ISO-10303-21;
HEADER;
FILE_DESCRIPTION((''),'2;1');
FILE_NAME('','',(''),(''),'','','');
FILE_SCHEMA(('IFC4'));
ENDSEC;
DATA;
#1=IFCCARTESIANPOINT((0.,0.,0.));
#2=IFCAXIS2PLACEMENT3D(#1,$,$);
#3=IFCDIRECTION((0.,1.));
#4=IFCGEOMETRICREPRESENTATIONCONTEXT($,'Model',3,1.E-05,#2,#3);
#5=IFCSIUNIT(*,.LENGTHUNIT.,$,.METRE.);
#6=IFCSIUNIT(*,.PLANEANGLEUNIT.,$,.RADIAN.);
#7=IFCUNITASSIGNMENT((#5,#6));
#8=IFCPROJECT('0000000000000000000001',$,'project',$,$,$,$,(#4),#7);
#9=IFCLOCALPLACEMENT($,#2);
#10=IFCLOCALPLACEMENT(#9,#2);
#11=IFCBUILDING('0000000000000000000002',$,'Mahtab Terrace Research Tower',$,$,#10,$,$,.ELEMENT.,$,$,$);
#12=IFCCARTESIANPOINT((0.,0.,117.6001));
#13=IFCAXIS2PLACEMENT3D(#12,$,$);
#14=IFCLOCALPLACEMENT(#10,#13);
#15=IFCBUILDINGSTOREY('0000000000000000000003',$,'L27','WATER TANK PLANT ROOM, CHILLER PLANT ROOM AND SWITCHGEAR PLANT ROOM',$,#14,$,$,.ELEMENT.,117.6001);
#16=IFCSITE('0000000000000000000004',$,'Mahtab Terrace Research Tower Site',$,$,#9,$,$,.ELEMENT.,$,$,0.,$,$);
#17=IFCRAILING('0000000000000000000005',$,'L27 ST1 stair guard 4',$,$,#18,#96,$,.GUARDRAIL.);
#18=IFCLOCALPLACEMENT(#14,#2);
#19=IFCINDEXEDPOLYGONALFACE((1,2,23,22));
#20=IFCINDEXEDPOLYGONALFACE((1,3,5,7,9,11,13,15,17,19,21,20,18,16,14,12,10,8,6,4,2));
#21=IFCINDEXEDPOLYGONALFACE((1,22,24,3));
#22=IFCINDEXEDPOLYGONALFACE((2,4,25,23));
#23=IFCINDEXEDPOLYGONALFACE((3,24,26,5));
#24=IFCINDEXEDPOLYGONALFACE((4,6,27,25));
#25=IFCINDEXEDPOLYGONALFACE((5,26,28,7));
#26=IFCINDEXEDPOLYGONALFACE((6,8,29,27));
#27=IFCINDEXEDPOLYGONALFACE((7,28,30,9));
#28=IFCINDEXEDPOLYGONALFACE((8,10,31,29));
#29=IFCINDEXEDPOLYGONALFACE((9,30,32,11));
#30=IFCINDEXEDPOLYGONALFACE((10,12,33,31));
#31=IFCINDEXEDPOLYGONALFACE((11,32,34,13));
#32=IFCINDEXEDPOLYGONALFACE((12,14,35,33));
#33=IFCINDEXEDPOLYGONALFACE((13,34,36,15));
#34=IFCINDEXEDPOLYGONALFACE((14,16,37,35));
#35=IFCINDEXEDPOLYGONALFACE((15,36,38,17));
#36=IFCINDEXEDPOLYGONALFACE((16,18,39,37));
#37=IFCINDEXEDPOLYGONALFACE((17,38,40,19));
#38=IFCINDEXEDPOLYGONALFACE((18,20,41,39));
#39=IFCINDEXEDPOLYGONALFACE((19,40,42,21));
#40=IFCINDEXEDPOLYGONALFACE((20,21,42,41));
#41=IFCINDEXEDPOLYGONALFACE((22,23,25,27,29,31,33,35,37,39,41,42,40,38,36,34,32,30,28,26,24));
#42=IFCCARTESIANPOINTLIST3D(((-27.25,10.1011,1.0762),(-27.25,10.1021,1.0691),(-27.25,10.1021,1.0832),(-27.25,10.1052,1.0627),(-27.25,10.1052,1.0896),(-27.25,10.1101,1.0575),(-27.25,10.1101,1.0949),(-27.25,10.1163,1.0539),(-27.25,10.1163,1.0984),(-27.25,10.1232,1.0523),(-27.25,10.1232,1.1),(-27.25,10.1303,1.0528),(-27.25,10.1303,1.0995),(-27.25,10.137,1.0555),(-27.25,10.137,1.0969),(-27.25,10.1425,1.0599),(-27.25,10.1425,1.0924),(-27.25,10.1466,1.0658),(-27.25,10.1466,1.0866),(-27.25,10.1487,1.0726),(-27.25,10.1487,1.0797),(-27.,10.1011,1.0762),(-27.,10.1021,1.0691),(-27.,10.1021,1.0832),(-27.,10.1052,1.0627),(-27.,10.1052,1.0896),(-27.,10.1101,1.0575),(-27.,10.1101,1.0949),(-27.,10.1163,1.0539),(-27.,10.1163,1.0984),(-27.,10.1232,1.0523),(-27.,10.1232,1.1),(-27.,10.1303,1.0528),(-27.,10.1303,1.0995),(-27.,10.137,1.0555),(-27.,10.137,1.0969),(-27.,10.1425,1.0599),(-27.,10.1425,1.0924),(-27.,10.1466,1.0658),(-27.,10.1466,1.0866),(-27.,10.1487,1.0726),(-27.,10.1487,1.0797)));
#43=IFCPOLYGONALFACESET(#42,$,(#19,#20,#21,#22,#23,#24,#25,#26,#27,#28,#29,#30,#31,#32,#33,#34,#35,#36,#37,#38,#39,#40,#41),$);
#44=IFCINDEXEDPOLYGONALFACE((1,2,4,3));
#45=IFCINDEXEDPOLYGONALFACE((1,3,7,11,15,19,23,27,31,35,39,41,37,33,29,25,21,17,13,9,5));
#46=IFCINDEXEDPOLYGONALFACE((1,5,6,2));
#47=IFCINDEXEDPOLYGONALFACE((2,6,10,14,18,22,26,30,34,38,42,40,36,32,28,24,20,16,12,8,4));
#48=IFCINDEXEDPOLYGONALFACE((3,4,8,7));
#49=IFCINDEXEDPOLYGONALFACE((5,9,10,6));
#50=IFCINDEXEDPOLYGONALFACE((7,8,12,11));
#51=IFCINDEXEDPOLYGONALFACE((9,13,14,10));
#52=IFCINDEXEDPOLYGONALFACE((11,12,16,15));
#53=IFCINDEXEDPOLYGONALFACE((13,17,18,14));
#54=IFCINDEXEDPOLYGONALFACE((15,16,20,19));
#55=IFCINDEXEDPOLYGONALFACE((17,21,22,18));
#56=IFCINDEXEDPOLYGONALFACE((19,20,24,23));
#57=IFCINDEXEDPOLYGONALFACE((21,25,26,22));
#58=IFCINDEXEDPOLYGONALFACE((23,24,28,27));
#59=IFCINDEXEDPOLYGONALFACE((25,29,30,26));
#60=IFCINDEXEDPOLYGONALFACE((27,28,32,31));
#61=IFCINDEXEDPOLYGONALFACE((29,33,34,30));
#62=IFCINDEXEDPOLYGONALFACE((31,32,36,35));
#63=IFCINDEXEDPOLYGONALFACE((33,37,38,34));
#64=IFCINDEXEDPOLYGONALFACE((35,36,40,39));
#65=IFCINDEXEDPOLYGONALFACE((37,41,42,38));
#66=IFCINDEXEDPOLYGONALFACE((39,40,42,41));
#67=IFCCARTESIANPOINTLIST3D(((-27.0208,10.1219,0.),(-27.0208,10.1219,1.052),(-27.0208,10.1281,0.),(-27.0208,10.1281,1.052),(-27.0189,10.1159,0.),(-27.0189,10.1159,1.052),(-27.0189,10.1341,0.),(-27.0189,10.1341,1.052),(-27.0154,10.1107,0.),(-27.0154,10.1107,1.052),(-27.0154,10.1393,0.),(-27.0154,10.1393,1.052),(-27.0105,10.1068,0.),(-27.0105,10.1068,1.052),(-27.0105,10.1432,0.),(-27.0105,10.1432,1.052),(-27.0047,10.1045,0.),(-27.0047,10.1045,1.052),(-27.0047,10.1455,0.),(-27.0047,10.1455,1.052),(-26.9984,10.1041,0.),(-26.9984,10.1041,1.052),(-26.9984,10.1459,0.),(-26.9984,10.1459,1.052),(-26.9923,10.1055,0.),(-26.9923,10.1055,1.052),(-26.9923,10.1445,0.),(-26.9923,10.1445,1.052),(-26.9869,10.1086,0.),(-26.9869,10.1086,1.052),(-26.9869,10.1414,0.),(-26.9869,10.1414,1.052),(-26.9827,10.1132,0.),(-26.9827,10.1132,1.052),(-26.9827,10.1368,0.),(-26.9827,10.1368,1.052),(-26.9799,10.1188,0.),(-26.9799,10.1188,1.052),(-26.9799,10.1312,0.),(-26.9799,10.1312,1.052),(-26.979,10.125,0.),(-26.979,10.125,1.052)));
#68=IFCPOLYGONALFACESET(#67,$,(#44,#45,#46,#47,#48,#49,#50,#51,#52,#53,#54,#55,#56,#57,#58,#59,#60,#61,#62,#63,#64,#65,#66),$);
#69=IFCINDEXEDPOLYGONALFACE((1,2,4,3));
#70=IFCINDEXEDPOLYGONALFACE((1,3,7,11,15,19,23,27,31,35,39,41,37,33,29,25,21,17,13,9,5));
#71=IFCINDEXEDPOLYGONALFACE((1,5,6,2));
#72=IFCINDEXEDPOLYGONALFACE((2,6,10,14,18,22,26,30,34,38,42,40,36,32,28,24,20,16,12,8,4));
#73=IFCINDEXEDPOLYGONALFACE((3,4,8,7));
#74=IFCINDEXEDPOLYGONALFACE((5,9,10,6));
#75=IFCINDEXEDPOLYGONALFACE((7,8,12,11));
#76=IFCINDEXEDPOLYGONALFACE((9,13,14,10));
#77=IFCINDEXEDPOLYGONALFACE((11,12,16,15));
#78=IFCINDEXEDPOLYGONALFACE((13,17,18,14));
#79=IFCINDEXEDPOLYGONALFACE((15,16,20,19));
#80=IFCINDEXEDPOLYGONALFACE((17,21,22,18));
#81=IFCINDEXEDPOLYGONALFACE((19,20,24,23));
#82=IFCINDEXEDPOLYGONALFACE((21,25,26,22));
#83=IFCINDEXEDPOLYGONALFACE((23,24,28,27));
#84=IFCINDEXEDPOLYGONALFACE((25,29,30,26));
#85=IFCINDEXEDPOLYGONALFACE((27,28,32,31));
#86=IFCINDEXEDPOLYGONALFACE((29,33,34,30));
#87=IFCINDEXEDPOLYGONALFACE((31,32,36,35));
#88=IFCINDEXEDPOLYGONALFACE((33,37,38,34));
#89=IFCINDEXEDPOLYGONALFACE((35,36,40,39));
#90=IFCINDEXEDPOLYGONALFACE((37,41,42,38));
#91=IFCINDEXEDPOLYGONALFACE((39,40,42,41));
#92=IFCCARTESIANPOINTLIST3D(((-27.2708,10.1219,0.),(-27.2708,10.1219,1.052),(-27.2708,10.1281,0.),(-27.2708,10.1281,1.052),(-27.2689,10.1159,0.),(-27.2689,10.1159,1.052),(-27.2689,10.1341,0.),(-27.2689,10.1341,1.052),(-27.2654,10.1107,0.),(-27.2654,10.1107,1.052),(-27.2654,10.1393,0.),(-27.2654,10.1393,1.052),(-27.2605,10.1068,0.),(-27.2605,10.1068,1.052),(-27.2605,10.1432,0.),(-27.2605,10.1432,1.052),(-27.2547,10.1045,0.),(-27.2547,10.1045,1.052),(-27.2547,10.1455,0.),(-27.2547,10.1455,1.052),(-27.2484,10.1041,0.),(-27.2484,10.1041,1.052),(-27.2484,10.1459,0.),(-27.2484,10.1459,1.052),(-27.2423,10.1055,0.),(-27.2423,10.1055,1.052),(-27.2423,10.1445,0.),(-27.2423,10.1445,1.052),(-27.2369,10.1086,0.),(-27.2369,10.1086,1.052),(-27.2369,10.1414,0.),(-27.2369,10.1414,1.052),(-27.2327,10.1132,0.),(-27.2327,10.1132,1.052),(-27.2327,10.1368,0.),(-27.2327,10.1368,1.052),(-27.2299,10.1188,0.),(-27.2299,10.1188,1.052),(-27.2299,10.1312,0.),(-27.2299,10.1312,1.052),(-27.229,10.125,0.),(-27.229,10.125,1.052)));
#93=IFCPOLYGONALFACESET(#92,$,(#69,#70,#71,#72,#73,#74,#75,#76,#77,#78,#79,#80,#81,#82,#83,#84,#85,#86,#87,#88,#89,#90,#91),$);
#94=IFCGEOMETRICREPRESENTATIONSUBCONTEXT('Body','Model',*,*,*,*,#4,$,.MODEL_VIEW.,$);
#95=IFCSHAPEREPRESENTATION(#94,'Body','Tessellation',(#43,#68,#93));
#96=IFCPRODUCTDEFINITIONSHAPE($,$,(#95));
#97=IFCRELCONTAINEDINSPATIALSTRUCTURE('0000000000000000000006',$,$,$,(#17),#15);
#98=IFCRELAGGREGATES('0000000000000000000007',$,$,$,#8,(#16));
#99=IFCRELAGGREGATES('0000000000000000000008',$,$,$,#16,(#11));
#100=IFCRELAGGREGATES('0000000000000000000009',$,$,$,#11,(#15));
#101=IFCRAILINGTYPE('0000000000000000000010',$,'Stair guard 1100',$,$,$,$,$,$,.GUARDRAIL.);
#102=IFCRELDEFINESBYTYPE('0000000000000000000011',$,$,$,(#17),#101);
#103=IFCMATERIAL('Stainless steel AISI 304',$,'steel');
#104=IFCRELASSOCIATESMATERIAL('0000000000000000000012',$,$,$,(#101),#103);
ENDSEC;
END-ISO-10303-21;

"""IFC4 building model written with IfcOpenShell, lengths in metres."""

from ifc_helpers import new_model, si_unit, direction, frame, origin, origin_2d, place, context, subcontext, project, spatial, circle, extrude, material, type_object, element, save


model = new_model("IFC4")

# Units and contexts
model_context = context("Model", 3, precision=1e-05, world=origin(), true_north=direction((0.0, 1.0)))
body_context = subcontext(model_context, "Body", "Model", "MODEL_VIEW")
ifc_project = project(units=[si_unit("LENGTHUNIT", "METRE"), si_unit("PLANEANGLEUNIT", "RADIAN")], contexts=[model_context])

# Site, building, storey
site_placement = place(None, origin())
site = spatial("IfcSite", under=ifc_project, at=site_placement, Name="Mahtab Terrace Research Tower Site", CompositionType="ELEMENT", RefElevation=0.0)
building_placement = place(site_placement, origin())
building = spatial("IfcBuilding", under=site, at=building_placement, Name="Mahtab Terrace Research Tower", CompositionType="ELEMENT")
storey_placement = place(building_placement, frame((0.0, 0.0, 117.6001)))
storey = spatial("IfcBuildingStorey", under=building, at=storey_placement, Name="L27", Description="WATER TANK PLANT ROOM, CHILLER PLANT ROOM AND SWITCHGEAR PLANT ROOM", CompositionType="ELEMENT", Elevation=117.6001)

# Railing
ifc_material_1 = material(Name="Stainless steel AISI 304", Category="steel")
railing_type_1 = type_object("IfcRailingType", Name="Stair guard 1100", PredefinedType="GUARDRAIL", material=ifc_material_1)
railing_1_placement = place(storey_placement, frame((-27.0, 10.125, 0.0)))
element("IfcRailing", 1, at=railing_1_placement, inside=storey, type_object=railing_type_1, Name="L27 ST1 stair guard 4", PredefinedType="GUARDRAIL", context=body_context, shape_type="SweptSolid", body=[
    extrude(circle(Radius=0.0239, at=origin_2d()), frame((0.0, 0.0, 1.0762), z_axis=(-1.0, 0.0, 0.0), x_axis=(0.0, -1.0, 0.0)), (0.0, 0.0, 1.0), 0.25),
    extrude(circle(Radius=0.021, at=origin_2d()), origin(), (0.0, 0.0, 1.0), 1.052),
    extrude(circle(Radius=0.021, at=origin_2d()), frame((-0.25, 0.0, 0.0)), (0.0, 0.0, 1.0), 1.052),
])

save(model, "model.ifc")
